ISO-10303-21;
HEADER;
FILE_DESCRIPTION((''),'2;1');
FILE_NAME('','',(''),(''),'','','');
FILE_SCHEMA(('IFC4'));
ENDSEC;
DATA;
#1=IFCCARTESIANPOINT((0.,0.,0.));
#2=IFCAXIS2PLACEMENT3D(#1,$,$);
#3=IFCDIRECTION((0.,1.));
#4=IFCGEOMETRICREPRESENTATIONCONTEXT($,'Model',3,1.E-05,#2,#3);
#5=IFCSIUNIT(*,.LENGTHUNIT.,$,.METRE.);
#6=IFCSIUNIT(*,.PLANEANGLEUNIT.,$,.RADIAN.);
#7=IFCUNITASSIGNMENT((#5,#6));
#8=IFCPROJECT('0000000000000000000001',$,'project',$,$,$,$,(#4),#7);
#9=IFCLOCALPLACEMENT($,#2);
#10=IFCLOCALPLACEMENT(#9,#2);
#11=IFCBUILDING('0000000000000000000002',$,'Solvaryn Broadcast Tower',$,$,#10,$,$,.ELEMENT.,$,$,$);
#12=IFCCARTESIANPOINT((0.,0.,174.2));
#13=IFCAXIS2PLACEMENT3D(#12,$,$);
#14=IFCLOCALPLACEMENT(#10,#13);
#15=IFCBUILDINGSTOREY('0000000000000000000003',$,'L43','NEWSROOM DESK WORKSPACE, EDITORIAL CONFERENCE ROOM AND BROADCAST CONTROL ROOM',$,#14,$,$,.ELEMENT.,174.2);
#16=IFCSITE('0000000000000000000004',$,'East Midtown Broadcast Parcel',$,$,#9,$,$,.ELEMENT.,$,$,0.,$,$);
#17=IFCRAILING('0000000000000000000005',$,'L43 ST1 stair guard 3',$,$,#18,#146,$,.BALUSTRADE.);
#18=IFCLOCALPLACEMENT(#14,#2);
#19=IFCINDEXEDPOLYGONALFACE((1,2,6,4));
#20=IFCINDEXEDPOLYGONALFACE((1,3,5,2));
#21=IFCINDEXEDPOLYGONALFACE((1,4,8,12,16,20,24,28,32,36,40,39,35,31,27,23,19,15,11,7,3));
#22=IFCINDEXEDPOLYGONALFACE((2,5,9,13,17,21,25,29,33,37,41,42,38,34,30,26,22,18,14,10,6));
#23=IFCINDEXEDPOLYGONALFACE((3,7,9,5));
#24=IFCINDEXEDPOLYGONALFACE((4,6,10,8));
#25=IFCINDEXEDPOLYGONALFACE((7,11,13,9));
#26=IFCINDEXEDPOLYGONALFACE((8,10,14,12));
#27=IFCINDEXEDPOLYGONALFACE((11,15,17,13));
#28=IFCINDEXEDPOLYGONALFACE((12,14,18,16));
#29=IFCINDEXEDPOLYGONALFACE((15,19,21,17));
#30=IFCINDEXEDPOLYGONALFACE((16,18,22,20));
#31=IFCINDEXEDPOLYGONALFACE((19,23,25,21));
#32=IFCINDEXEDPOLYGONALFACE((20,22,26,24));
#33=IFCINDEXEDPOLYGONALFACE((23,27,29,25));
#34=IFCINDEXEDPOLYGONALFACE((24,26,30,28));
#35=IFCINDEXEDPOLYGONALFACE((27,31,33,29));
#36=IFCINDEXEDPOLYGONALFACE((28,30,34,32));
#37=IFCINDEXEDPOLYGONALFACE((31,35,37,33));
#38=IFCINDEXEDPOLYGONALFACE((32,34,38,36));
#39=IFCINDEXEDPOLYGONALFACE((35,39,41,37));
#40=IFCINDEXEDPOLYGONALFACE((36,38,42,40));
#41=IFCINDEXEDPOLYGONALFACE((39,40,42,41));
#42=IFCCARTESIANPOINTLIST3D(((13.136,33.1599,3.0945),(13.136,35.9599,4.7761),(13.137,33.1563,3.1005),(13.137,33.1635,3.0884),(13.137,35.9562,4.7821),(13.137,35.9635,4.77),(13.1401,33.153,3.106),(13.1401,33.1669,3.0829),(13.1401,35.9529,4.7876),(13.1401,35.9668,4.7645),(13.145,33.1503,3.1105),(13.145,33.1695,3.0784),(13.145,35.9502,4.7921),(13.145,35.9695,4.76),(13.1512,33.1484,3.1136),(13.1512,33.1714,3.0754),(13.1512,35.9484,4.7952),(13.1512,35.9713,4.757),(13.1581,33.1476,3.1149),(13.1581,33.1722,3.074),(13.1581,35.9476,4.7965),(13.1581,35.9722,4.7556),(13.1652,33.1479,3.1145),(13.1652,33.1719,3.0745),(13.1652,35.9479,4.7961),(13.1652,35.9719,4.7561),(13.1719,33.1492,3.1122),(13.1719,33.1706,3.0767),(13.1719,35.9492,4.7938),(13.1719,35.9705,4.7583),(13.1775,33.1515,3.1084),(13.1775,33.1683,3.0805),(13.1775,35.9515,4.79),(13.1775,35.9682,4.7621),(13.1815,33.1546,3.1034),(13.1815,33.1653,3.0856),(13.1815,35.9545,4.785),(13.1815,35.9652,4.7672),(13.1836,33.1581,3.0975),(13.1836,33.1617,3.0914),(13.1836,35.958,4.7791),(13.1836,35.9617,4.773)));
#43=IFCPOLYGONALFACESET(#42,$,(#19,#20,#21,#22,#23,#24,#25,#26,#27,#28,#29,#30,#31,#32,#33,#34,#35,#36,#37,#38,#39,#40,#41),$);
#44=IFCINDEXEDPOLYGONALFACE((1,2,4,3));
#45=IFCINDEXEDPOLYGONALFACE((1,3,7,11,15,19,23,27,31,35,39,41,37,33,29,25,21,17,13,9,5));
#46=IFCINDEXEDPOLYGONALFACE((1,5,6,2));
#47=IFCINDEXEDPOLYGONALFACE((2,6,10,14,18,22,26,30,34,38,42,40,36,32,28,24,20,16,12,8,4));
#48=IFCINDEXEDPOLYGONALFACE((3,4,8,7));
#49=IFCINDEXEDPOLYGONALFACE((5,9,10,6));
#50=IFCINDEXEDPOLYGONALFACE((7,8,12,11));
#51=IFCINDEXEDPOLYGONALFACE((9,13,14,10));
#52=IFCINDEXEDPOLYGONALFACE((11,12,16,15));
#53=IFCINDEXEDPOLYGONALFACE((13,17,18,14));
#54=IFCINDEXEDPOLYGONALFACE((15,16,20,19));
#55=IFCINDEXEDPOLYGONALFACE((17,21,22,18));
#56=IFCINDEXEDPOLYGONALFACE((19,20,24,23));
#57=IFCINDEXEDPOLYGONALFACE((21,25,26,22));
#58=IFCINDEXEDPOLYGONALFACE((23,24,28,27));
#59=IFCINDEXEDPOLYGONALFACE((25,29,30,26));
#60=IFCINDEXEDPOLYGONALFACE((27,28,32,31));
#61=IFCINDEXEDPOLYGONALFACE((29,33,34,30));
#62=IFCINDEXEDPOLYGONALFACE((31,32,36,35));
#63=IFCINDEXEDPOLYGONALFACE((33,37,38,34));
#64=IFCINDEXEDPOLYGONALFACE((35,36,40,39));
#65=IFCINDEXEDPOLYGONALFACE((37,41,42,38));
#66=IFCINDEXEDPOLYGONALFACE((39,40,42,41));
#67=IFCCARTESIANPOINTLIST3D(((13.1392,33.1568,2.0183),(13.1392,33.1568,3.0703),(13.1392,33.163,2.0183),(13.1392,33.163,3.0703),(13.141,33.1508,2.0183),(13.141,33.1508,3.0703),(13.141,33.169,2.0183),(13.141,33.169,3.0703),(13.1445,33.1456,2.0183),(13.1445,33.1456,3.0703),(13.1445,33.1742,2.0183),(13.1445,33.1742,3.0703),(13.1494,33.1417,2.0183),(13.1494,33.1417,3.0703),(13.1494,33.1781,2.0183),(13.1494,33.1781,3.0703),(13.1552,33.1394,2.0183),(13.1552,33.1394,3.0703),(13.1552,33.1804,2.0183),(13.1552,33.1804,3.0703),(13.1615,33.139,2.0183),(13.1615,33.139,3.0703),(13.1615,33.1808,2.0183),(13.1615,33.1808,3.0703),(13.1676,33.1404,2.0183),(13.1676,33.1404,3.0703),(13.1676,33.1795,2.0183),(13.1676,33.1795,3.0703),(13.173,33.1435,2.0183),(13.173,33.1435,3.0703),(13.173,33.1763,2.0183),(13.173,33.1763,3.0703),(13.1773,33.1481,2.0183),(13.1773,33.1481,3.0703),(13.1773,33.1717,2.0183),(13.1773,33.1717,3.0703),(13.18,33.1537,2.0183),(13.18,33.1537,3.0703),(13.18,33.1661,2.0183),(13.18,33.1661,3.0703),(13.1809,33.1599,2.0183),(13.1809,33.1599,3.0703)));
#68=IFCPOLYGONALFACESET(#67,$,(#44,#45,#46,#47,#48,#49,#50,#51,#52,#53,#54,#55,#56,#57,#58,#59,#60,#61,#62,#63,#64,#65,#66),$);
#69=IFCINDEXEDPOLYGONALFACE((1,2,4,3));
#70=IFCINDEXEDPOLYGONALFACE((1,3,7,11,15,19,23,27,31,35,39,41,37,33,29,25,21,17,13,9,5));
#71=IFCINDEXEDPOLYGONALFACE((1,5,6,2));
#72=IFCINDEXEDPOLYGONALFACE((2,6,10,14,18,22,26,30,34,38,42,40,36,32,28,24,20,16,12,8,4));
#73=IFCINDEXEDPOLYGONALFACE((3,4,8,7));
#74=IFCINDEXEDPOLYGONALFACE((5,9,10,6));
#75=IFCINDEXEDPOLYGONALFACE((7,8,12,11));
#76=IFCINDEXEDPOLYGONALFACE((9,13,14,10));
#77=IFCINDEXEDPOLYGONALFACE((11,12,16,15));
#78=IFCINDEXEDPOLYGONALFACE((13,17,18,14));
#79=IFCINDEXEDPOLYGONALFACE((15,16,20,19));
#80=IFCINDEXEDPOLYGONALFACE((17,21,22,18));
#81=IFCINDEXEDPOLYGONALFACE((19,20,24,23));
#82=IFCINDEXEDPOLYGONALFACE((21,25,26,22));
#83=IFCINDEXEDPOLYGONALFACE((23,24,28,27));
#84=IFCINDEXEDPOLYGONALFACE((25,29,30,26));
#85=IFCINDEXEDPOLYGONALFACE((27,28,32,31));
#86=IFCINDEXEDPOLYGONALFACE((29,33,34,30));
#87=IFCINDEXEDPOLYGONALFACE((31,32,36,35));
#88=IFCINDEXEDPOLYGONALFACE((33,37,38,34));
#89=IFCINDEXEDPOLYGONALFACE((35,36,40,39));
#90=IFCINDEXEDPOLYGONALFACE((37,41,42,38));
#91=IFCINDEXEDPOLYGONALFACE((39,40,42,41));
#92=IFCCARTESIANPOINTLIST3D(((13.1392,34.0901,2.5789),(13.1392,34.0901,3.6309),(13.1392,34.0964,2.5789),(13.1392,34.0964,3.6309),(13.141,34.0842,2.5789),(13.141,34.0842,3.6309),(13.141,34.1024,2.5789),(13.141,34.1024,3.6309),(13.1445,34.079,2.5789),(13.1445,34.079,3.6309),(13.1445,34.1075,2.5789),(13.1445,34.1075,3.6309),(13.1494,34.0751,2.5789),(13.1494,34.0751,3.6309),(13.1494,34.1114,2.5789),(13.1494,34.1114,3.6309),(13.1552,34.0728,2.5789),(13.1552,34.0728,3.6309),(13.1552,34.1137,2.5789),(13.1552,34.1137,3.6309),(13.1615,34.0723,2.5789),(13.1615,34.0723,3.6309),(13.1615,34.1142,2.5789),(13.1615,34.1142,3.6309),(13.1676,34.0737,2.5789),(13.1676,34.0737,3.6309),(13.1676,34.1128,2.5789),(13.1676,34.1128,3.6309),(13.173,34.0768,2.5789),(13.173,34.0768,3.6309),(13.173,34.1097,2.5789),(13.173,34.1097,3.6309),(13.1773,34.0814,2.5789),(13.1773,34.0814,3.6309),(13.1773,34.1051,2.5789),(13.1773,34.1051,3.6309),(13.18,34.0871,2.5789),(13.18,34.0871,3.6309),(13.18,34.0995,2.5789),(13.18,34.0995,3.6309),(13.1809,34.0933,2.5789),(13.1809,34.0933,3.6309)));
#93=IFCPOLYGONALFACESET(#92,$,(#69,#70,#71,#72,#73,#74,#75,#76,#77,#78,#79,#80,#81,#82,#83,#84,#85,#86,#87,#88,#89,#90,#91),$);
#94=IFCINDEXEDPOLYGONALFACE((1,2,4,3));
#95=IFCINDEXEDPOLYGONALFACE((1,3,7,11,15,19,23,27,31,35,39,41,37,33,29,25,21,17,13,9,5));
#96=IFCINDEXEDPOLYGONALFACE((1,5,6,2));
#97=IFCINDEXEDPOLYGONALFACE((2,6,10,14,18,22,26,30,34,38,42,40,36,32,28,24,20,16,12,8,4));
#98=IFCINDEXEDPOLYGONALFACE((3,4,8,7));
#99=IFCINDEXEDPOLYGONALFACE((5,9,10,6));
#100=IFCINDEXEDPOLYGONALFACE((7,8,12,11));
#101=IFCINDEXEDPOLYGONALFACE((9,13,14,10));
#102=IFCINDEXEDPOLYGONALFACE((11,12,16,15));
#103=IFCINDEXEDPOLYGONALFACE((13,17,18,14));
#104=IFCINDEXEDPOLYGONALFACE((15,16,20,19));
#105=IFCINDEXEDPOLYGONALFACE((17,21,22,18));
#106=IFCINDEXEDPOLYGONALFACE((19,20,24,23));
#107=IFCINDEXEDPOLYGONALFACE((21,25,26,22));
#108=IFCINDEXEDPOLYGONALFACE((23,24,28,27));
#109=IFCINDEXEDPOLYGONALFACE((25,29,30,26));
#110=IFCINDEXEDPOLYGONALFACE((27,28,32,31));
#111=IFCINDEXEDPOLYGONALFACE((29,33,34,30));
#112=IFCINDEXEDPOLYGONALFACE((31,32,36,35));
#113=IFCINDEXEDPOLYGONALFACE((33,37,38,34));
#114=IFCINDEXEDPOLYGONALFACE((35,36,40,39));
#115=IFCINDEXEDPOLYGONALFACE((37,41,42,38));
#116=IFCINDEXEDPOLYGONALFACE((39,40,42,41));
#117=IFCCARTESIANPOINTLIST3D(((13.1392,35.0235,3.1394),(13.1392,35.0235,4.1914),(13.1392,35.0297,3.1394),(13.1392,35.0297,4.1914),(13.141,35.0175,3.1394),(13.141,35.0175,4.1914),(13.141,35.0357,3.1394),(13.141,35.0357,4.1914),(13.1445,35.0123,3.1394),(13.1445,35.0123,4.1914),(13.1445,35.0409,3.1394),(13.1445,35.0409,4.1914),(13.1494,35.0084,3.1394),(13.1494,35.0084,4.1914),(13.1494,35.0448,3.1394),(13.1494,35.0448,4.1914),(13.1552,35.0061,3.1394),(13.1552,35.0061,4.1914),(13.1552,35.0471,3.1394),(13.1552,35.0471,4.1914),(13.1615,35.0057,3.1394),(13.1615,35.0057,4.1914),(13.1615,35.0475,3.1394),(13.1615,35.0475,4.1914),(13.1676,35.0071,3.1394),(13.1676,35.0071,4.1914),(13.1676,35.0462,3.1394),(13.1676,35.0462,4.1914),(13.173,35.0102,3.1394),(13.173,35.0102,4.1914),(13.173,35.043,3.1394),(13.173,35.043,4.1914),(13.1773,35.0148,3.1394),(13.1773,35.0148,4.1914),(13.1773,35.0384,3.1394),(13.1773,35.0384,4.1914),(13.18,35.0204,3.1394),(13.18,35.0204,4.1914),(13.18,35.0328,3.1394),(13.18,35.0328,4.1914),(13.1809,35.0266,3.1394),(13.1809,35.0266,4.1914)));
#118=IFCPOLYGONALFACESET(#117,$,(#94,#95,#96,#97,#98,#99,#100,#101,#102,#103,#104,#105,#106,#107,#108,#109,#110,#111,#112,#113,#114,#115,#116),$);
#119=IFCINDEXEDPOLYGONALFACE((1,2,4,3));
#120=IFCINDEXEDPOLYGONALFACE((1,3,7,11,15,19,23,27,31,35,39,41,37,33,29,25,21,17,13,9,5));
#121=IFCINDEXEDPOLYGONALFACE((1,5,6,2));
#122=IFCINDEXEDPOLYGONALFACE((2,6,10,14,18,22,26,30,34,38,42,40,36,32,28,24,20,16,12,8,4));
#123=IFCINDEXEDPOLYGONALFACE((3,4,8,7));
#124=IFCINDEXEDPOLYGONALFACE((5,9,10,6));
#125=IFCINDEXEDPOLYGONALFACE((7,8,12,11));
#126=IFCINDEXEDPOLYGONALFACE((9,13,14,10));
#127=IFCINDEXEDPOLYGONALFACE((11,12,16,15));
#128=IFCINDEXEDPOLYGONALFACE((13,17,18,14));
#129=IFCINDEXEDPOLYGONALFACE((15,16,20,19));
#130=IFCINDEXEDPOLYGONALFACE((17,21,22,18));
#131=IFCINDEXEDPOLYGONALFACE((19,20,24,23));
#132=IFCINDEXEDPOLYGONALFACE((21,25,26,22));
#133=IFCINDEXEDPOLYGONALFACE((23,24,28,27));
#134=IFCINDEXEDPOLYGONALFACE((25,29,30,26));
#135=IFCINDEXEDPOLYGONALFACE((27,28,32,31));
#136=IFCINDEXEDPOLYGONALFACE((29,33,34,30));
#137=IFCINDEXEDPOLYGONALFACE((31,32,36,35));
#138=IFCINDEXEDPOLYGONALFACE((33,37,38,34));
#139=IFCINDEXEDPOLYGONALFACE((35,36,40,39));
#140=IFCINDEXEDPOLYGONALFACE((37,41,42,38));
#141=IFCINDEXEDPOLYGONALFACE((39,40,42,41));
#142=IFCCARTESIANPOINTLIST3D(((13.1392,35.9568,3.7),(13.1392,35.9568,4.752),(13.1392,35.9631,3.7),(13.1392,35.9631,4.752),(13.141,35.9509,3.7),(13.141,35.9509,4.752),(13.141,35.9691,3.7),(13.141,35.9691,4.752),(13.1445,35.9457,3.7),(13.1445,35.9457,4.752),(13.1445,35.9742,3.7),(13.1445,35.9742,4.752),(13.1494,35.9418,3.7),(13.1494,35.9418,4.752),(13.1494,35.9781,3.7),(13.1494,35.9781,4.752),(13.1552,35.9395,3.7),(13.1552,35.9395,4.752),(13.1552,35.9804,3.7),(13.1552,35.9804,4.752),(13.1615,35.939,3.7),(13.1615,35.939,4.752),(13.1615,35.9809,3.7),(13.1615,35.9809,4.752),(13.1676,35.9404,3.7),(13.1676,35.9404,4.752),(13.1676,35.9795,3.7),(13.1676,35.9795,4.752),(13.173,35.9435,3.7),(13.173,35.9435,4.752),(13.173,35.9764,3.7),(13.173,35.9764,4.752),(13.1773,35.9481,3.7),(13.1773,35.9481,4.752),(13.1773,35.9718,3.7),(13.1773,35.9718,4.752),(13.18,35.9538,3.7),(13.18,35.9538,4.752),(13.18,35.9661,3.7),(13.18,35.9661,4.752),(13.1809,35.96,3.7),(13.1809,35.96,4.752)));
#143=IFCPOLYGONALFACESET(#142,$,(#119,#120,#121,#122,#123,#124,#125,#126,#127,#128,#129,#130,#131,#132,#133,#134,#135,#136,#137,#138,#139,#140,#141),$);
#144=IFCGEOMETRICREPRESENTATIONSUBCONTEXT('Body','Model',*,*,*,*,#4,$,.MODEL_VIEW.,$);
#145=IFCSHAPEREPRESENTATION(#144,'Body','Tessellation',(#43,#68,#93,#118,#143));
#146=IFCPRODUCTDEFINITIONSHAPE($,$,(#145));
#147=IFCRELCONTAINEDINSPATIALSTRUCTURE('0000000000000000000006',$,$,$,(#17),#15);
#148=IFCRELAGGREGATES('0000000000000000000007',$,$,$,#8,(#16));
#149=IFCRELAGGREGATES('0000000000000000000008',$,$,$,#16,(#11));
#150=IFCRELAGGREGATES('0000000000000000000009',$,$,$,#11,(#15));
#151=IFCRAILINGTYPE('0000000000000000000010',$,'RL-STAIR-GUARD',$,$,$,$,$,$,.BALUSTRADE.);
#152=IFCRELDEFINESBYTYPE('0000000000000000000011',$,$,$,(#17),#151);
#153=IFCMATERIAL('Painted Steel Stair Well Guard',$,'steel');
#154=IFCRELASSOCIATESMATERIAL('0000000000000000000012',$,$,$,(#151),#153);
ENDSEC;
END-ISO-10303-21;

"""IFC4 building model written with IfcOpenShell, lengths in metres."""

from ifc_helpers import new_model, si_unit, direction, frame, origin, origin_2d, place, context, subcontext, project, spatial, circle, extrude, material, type_object, element, save


model = new_model("IFC4")

# Units and contexts
model_context = context("Model", 3, precision=1e-05, world=origin(), true_north=direction((0.0, 1.0)))
body_context = subcontext(model_context, "Body", "Model", "MODEL_VIEW")
ifc_project = project(units=[si_unit("LENGTHUNIT", "METRE"), si_unit("PLANEANGLEUNIT", "RADIAN")], contexts=[model_context])

# Site, building, storey
site_placement = place(None, origin())
site = spatial("IfcSite", under=ifc_project, at=site_placement, Name="East Midtown Broadcast Parcel", CompositionType="ELEMENT", RefElevation=0.0)
building_placement = place(site_placement, origin())
building = spatial("IfcBuilding", under=site, at=building_placement, Name="Solvaryn Broadcast Tower", CompositionType="ELEMENT")
storey_placement = place(building_placement, frame((0.0, 0.0, 174.2)))
storey = spatial("IfcBuildingStorey", under=building, at=storey_placement, Name="L43", Description="NEWSROOM DESK WORKSPACE, EDITORIAL CONFERENCE ROOM AND BROADCAST CONTROL ROOM", CompositionType="ELEMENT", Elevation=174.2)

# Railing
ifc_material_1 = material(Name="Painted Steel Stair Well Guard", Category="steel")
railing_type_1 = type_object("IfcRailingType", Name="RL-STAIR-GUARD", PredefinedType="BALUSTRADE", material=ifc_material_1)
railing_1_placement = place(storey_placement, frame((13.1599, 33.1599, 2.0183)))
element("IfcRailing", 1, at=railing_1_placement, inside=storey, type_object=railing_type_1, Name="L43 ST1 stair guard 3", PredefinedType="BALUSTRADE", context=body_context, shape_type="SweptSolid", body=[
    extrude(circle(Radius=0.0239, at=origin_2d()), frame((0.0, 0.0, 1.0762), z_axis=(0.0, 0.857275, 0.514858), x_axis=(-1.0, 0.0, 0.0)), (0.0, 0.0, 1.0), 3.2661),
    extrude(circle(Radius=0.021, at=origin_2d()), origin(), (0.0, 0.0, 1.0), 1.052),
    extrude(circle(Radius=0.021, at=origin_2d()), frame((0.0, 0.9333, 0.5605)), (0.0, 0.0, 1.0), 1.052),
    extrude(circle(Radius=0.021, at=origin_2d()), frame((0.0, 1.8667, 1.1211)), (0.0, 0.0, 1.0), 1.052),
    extrude(circle(Radius=0.021, at=origin_2d()), frame((0.0, 2.8, 1.6816)), (0.0, 0.0, 1.0), 1.052),
])

save(model, "model.ifc")
